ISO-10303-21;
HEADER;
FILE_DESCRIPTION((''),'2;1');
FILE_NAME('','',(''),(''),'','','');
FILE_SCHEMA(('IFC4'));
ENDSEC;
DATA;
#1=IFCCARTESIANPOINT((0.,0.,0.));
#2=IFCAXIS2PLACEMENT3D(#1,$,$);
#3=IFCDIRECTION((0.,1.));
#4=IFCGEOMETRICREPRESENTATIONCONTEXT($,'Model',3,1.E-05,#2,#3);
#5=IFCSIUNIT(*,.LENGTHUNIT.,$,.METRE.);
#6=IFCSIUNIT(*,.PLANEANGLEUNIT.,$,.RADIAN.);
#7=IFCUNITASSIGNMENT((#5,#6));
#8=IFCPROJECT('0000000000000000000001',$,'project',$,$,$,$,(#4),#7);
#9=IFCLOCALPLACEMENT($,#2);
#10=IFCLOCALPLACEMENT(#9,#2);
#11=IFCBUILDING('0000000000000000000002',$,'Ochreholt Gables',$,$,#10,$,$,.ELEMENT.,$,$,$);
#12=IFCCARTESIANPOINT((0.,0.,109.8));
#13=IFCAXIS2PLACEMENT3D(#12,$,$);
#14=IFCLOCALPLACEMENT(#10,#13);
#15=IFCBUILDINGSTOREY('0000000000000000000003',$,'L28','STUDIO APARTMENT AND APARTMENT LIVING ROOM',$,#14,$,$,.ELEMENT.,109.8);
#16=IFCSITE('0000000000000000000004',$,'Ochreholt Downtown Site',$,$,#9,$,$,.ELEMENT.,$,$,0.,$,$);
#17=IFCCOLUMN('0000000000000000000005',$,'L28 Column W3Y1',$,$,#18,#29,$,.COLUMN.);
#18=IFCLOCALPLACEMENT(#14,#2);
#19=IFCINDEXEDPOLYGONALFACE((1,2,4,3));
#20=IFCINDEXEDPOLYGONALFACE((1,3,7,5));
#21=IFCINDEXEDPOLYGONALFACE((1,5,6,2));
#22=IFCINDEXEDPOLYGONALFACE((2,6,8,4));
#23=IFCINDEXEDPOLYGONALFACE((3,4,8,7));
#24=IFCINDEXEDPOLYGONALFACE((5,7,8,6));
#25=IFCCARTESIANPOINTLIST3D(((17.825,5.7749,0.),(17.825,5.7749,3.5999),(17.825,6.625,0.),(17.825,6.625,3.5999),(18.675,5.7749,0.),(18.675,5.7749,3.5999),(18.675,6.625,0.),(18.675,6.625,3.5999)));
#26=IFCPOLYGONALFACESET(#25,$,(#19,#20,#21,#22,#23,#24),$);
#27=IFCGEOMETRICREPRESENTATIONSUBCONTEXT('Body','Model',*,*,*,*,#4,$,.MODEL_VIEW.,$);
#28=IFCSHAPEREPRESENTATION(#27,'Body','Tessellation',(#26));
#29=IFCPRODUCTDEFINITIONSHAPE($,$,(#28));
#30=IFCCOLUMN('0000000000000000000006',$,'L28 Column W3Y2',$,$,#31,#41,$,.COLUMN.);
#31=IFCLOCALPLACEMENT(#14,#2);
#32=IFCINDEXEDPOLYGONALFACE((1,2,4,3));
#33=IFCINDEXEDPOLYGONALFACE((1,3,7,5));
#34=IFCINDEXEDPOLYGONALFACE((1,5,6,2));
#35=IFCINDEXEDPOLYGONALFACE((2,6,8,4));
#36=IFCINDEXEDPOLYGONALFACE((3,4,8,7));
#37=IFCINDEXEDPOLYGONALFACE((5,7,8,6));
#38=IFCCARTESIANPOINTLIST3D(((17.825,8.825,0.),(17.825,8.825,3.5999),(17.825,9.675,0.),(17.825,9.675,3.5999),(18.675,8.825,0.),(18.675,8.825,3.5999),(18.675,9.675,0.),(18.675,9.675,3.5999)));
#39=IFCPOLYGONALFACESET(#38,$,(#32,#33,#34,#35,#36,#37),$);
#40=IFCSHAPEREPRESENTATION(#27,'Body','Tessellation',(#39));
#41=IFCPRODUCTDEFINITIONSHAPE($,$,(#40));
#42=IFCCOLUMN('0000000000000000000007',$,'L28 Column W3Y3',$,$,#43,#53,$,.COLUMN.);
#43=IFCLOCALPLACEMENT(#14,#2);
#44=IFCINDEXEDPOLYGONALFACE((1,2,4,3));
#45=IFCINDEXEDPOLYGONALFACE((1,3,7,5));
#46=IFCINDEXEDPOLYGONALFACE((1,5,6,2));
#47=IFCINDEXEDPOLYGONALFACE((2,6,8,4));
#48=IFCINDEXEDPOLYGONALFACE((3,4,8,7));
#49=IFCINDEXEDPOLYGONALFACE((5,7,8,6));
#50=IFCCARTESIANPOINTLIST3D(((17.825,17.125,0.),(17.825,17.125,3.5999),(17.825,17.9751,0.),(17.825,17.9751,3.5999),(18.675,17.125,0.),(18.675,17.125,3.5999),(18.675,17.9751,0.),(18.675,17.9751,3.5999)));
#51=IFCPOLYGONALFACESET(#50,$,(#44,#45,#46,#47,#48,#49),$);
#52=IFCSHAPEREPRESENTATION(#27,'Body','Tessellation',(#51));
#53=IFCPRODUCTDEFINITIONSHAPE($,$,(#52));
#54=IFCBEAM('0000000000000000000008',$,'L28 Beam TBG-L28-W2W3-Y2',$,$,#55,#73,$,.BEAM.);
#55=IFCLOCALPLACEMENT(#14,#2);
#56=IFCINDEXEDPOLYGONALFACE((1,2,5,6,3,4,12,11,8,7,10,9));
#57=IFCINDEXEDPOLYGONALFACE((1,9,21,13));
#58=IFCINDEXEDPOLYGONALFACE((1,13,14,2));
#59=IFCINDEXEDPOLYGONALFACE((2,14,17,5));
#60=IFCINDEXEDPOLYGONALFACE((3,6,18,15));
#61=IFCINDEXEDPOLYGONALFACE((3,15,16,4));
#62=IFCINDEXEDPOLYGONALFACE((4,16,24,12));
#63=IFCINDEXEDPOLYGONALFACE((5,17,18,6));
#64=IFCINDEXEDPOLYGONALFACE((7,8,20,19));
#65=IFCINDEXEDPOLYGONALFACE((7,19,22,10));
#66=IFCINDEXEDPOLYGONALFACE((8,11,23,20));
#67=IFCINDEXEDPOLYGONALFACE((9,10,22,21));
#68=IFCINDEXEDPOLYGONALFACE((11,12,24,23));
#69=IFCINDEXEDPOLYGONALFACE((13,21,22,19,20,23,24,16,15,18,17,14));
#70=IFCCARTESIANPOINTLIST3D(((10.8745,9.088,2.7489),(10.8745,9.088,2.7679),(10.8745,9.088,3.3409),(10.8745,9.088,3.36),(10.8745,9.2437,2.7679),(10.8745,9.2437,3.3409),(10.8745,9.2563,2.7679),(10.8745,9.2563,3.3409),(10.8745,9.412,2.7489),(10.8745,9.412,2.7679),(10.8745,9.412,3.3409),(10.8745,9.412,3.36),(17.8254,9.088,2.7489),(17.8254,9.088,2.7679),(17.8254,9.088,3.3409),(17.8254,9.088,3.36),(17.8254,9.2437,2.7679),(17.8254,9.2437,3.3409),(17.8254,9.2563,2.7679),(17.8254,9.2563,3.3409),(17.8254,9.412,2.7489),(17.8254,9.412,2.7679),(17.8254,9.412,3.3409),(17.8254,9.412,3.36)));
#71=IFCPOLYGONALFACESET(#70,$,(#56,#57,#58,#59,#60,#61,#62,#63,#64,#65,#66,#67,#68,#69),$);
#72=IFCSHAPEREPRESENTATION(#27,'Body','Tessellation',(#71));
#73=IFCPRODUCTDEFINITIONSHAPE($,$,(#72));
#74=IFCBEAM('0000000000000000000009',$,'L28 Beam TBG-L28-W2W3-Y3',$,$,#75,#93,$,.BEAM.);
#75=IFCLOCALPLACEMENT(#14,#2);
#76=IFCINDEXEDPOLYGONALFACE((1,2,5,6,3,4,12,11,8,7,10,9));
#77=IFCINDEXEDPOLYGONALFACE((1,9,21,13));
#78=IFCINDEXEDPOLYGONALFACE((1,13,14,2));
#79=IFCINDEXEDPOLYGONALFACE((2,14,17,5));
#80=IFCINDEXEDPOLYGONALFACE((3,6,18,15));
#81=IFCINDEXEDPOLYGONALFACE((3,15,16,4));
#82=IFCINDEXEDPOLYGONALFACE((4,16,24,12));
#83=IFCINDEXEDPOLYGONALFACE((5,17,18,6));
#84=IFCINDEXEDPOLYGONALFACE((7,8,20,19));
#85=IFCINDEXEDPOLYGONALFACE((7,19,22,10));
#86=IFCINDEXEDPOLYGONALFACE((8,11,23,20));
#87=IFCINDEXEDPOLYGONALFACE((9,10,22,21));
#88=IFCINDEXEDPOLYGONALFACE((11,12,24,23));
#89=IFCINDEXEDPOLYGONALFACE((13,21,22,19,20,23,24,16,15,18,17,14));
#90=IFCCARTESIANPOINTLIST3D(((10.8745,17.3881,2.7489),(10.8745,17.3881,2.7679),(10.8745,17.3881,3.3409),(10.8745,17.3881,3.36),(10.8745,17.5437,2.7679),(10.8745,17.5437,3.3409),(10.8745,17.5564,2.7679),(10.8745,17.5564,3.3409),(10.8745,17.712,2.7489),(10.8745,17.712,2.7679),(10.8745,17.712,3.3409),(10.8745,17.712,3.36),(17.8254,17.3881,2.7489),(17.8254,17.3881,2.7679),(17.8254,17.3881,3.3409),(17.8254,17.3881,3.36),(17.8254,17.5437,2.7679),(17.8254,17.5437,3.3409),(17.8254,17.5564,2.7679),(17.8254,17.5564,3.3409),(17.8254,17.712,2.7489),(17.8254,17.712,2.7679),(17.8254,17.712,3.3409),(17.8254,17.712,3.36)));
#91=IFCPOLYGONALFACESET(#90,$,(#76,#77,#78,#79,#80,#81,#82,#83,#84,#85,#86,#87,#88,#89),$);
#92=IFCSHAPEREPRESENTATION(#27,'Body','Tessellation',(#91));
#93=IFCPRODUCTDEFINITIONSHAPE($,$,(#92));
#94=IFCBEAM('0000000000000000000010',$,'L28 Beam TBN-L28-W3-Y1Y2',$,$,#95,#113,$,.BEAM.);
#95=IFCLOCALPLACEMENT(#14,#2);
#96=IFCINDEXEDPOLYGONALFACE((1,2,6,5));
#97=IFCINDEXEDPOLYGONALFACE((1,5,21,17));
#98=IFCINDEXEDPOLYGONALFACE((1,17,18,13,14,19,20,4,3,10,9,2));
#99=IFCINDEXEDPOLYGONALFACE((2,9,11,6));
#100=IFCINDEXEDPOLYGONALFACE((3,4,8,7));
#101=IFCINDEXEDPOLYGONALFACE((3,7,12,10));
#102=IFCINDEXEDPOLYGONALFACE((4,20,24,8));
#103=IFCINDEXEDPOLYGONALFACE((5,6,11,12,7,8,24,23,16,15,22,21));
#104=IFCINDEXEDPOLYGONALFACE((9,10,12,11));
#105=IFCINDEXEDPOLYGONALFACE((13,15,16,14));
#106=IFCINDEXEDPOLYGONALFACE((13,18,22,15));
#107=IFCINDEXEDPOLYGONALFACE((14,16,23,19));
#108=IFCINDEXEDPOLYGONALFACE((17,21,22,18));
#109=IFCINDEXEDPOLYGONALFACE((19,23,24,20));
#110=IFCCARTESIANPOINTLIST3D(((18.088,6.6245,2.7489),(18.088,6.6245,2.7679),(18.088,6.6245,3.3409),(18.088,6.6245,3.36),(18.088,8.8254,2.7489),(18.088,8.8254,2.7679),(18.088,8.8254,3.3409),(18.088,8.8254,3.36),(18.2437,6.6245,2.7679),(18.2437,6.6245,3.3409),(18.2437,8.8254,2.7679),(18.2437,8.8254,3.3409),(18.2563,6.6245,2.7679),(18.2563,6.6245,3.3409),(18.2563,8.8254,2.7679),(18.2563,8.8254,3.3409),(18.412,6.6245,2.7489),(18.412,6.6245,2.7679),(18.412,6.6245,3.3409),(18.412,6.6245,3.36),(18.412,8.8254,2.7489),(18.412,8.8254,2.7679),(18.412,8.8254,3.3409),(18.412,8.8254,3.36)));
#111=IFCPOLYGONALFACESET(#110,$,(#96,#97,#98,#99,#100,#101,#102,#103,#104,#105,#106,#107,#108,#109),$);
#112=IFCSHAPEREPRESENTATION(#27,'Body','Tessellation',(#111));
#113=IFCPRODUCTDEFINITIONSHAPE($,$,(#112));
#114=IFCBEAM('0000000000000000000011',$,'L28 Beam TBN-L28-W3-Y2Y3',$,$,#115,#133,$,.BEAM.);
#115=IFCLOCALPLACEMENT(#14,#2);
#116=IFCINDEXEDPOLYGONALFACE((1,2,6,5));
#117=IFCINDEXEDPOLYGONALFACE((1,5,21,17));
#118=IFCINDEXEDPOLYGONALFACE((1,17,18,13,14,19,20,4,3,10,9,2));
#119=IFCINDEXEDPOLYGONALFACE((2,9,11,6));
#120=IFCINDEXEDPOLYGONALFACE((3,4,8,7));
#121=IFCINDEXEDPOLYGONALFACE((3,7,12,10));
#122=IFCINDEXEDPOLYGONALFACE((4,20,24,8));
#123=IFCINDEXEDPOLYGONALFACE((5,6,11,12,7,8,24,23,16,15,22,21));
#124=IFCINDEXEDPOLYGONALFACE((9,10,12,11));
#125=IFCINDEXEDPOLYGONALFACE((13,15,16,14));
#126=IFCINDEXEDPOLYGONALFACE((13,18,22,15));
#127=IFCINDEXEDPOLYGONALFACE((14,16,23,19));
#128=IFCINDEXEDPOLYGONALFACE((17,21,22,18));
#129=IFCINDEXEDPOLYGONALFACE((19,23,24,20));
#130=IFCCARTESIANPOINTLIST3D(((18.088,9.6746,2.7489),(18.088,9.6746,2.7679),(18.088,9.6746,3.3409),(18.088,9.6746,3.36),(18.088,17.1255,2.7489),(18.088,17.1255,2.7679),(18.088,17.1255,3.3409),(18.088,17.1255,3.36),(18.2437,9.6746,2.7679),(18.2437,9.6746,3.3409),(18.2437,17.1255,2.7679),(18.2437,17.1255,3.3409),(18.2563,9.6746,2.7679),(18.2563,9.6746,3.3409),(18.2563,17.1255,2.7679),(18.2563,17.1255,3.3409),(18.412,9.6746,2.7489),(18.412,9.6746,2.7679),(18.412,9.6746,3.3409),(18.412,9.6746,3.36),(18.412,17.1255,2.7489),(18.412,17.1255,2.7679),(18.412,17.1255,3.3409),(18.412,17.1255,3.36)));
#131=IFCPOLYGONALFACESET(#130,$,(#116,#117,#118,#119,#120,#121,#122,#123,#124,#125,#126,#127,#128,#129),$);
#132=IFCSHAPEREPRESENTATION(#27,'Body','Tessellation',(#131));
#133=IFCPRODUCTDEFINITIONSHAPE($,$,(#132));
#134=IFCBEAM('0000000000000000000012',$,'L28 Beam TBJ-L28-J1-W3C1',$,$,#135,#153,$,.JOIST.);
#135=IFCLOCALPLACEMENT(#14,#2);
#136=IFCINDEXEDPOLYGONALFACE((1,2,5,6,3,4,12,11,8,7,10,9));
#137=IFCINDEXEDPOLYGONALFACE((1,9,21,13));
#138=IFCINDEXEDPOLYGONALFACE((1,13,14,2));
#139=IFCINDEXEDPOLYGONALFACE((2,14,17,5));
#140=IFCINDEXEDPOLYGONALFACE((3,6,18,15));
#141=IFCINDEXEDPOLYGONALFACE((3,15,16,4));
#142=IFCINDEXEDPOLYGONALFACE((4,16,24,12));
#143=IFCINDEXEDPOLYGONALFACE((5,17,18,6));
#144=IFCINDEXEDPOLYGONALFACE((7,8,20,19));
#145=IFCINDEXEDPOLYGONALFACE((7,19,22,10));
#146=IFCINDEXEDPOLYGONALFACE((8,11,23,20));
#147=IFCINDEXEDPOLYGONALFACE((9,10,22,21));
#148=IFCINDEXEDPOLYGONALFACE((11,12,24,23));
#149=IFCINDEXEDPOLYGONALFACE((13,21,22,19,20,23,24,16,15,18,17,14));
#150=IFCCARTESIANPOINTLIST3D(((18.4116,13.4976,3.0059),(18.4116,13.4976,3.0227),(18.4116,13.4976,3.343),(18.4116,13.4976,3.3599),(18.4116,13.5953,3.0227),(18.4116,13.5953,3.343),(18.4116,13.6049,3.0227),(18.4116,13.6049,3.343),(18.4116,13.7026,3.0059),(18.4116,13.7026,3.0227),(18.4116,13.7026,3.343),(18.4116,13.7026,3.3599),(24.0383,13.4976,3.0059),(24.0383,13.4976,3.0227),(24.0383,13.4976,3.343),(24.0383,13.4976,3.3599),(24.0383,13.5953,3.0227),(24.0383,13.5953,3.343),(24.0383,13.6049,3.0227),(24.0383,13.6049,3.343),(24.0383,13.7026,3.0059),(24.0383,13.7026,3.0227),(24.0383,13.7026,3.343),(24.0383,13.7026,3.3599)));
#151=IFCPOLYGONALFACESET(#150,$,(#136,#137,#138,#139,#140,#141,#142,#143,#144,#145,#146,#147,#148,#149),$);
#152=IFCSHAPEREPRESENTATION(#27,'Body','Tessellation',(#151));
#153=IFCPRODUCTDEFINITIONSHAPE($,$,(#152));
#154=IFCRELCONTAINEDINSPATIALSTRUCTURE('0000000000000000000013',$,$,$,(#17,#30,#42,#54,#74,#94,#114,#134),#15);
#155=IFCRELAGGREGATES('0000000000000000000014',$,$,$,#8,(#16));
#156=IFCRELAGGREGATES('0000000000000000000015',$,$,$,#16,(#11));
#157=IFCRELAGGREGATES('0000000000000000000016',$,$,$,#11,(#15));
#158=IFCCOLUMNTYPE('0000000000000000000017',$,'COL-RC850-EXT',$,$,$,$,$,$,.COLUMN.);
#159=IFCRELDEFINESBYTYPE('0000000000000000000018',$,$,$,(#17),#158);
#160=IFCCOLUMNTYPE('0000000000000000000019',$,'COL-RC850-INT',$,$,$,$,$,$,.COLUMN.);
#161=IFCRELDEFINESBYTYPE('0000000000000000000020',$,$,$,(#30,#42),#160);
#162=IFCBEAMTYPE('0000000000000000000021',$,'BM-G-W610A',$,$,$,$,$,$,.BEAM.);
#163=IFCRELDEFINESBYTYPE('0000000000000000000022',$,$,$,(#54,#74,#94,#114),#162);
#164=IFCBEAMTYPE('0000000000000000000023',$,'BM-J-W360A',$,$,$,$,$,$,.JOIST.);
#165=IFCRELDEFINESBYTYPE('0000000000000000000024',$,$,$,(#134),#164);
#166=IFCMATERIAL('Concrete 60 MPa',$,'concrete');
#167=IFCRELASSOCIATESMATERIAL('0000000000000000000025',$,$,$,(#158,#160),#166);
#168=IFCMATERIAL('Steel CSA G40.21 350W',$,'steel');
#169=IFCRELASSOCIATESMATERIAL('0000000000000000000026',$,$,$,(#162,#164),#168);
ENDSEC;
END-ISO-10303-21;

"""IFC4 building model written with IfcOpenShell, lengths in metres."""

from ifc_helpers import new_model, si_unit, direction, frame, origin, origin_2d, place, context, subcontext, project, spatial, rectangle, i_section, extrude, material, material_profile, profile_set, type_object, element, save


model = new_model("IFC4")

# Units and contexts
model_context = context("Model", 3, precision=1e-05, world=origin(), true_north=direction((0.0, 1.0)))
body_context = subcontext(model_context, "Body", "Model", "MODEL_VIEW")
ifc_project = project(units=[si_unit("LENGTHUNIT", "METRE"), si_unit("PLANEANGLEUNIT", "RADIAN")], contexts=[model_context])

# Site, building, storey
site_placement = place(None, origin())
site = spatial("IfcSite", under=ifc_project, at=site_placement, Name="Ochreholt Downtown Site", CompositionType="ELEMENT", RefElevation=0.0)
building_placement = place(site_placement, origin())
building = spatial("IfcBuilding", under=site, at=building_placement, Name="Ochreholt Gables", CompositionType="ELEMENT")
storey_placement = place(building_placement, frame((0.0, 0.0, 109.8)))
storey = spatial("IfcBuildingStorey", under=building, at=storey_placement, Name="L28", Description="STUDIO APARTMENT AND APARTMENT LIVING ROOM", CompositionType="ELEMENT", Elevation=109.8)

# Columns
ifc_material_1 = material(Name="Concrete 60 MPa", Category="concrete")
ifc_material_profile_1 = material_profile(ifc_material_1, rectangle(XDim=0.8501, YDim=0.8501, at=origin_2d()), Name="RC850X850")
ifc_profile_set_1 = profile_set([ifc_material_profile_1], Name="Concrete 60 MPa")
column_type_1 = type_object("IfcColumnType", Name="COL-RC850-EXT", PredefinedType="COLUMN", material=ifc_profile_set_1)
column_placement = place(storey_placement, frame((18.25, 6.2, 0.0), z_axis=(0.0, 0.0, 1.0), x_axis=(1.0, 0.0, 0.0)))
element("IfcColumn", 1, at=column_placement, inside=storey, type_object=column_type_1, Name="L28 Column W3Y1", PredefinedType="COLUMN", context=body_context, shape_type="SweptSolid", body=[
    extrude(rectangle(XDim=0.8501, YDim=0.8501, at=origin_2d()), origin(), (0.0, 0.0, 1.0), 3.5999),
])
ifc_material_profile_2 = material_profile(ifc_material_1, rectangle(XDim=0.8501, YDim=0.8501, at=origin_2d()), Name="RC850X850")
ifc_profile_set_2 = profile_set([ifc_material_profile_2], Name="Concrete 60 MPa")
column_type_2 = type_object("IfcColumnType", Name="COL-RC850-INT", PredefinedType="COLUMN", material=ifc_profile_set_2)
for number, where, z_axis, x_axis, name in (
    (2, (18.25, 9.25, 0.0), (0.0, 0.0, 1.0), (1.0, 0.0, 0.0), "L28 Column W3Y2"),
    (3, (18.25, 17.55, 0.0), (0.0, 0.0, 1.0), (1.0, 0.0, 0.0), "L28 Column W3Y3"),
):
    element("IfcColumn", number, at=place(storey_placement, frame(where, z_axis=z_axis, x_axis=x_axis)), inside=storey, type_object=column_type_2, Name=name, PredefinedType="COLUMN", context=body_context, shape_type="SweptSolid", body=[
        extrude(rectangle(XDim=0.8501, YDim=0.8501, at=origin_2d()), origin(), (0.0, 0.0, 1.0), 3.5999),
    ])

# Beams
ifc_material_2 = material(Name="Steel CSA G40.21 350W", Category="steel")
ifc_material_profile_3 = material_profile(ifc_material_2, i_section(OverallWidth=0.324, OverallDepth=0.6111, WebThickness=0.0127, FlangeThickness=0.019, at=origin_2d()), Name="W610X155")
ifc_profile_set_3 = profile_set([ifc_material_profile_3], Name="Steel CSA G40.21 350W")
beam_type_1 = type_object("IfcBeamType", Name="BM-G-W610A", PredefinedType="BEAM", material=ifc_profile_set_3)
for number, where, z_axis, x_axis, name in (
    (4, (10.8745, 9.25, 3.0544), (1.0, 0.0, 0.0), (0.0, 1.0, 0.0), "L28 Beam TBG-L28-W2W3-Y2"),
    (5, (10.8745, 17.55, 3.0544), (1.0, 0.0, 0.0), (0.0, 1.0, 0.0), "L28 Beam TBG-L28-W2W3-Y3"),
):
    element("IfcBeam", number, at=place(storey_placement, frame(where, z_axis=z_axis, x_axis=x_axis)), inside=storey, type_object=beam_type_1, Name=name, PredefinedType="BEAM", context=body_context, shape_type="SweptSolid", body=[
        extrude(i_section(OverallWidth=0.324, OverallDepth=0.6111, WebThickness=0.0127, FlangeThickness=0.019, at=origin_2d()), origin(), (0.0, 0.0, 1.0), 6.9509),
    ])
beam_1_placement = place(storey_placement, frame((18.25, 6.6245, 3.0544), z_axis=(0.0, 1.0, 0.0), x_axis=(-1.0, 0.0, 0.0)))
element("IfcBeam", 6, at=beam_1_placement, inside=storey, type_object=beam_type_1, Name="L28 Beam TBN-L28-W3-Y1Y2", PredefinedType="BEAM", context=body_context, shape_type="SweptSolid", body=[
    extrude(i_section(OverallWidth=0.324, OverallDepth=0.6111, WebThickness=0.0127, FlangeThickness=0.019, at=origin_2d()), origin(), (0.0, 0.0, 1.0), 2.2009),
])
beam_2_placement = place(storey_placement, frame((18.25, 9.6746, 3.0544), z_axis=(0.0, 1.0, 0.0), x_axis=(-1.0, 0.0, 0.0)))
element("IfcBeam", 7, at=beam_2_placement, inside=storey, type_object=beam_type_1, Name="L28 Beam TBN-L28-W3-Y2Y3", PredefinedType="BEAM", context=body_context, shape_type="SweptSolid", body=[
    extrude(i_section(OverallWidth=0.324, OverallDepth=0.6111, WebThickness=0.0127, FlangeThickness=0.019, at=origin_2d()), origin(), (0.0, 0.0, 1.0), 7.4509),
])
ifc_material_profile_4 = material_profile(ifc_material_2, i_section(OverallWidth=0.2051, OverallDepth=0.354, WebThickness=0.0095, FlangeThickness=0.0168, at=origin_2d()), Name="W360X79")
ifc_profile_set_4 = profile_set([ifc_material_profile_4], Name="Steel CSA G40.21 350W")
beam_type_2 = type_object("IfcBeamType", Name="BM-J-W360A", PredefinedType="JOIST", material=ifc_profile_set_4)
beam_3_placement = place(storey_placement, frame((18.4116, 13.6001, 3.1829), z_axis=(1.0, 0.0, 0.0), x_axis=(0.0, 1.0, 0.0)))
element("IfcBeam", 8, at=beam_3_placement, inside=storey, type_object=beam_type_2, Name="L28 Beam TBJ-L28-J1-W3C1", PredefinedType="JOIST", context=body_context, shape_type="SweptSolid", body=[
    extrude(i_section(OverallWidth=0.2051, OverallDepth=0.354, WebThickness=0.0095, FlangeThickness=0.0168, at=origin_2d()), origin(), (0.0, 0.0, 1.0), 5.6267),
])

save(model, "model.ifc")
